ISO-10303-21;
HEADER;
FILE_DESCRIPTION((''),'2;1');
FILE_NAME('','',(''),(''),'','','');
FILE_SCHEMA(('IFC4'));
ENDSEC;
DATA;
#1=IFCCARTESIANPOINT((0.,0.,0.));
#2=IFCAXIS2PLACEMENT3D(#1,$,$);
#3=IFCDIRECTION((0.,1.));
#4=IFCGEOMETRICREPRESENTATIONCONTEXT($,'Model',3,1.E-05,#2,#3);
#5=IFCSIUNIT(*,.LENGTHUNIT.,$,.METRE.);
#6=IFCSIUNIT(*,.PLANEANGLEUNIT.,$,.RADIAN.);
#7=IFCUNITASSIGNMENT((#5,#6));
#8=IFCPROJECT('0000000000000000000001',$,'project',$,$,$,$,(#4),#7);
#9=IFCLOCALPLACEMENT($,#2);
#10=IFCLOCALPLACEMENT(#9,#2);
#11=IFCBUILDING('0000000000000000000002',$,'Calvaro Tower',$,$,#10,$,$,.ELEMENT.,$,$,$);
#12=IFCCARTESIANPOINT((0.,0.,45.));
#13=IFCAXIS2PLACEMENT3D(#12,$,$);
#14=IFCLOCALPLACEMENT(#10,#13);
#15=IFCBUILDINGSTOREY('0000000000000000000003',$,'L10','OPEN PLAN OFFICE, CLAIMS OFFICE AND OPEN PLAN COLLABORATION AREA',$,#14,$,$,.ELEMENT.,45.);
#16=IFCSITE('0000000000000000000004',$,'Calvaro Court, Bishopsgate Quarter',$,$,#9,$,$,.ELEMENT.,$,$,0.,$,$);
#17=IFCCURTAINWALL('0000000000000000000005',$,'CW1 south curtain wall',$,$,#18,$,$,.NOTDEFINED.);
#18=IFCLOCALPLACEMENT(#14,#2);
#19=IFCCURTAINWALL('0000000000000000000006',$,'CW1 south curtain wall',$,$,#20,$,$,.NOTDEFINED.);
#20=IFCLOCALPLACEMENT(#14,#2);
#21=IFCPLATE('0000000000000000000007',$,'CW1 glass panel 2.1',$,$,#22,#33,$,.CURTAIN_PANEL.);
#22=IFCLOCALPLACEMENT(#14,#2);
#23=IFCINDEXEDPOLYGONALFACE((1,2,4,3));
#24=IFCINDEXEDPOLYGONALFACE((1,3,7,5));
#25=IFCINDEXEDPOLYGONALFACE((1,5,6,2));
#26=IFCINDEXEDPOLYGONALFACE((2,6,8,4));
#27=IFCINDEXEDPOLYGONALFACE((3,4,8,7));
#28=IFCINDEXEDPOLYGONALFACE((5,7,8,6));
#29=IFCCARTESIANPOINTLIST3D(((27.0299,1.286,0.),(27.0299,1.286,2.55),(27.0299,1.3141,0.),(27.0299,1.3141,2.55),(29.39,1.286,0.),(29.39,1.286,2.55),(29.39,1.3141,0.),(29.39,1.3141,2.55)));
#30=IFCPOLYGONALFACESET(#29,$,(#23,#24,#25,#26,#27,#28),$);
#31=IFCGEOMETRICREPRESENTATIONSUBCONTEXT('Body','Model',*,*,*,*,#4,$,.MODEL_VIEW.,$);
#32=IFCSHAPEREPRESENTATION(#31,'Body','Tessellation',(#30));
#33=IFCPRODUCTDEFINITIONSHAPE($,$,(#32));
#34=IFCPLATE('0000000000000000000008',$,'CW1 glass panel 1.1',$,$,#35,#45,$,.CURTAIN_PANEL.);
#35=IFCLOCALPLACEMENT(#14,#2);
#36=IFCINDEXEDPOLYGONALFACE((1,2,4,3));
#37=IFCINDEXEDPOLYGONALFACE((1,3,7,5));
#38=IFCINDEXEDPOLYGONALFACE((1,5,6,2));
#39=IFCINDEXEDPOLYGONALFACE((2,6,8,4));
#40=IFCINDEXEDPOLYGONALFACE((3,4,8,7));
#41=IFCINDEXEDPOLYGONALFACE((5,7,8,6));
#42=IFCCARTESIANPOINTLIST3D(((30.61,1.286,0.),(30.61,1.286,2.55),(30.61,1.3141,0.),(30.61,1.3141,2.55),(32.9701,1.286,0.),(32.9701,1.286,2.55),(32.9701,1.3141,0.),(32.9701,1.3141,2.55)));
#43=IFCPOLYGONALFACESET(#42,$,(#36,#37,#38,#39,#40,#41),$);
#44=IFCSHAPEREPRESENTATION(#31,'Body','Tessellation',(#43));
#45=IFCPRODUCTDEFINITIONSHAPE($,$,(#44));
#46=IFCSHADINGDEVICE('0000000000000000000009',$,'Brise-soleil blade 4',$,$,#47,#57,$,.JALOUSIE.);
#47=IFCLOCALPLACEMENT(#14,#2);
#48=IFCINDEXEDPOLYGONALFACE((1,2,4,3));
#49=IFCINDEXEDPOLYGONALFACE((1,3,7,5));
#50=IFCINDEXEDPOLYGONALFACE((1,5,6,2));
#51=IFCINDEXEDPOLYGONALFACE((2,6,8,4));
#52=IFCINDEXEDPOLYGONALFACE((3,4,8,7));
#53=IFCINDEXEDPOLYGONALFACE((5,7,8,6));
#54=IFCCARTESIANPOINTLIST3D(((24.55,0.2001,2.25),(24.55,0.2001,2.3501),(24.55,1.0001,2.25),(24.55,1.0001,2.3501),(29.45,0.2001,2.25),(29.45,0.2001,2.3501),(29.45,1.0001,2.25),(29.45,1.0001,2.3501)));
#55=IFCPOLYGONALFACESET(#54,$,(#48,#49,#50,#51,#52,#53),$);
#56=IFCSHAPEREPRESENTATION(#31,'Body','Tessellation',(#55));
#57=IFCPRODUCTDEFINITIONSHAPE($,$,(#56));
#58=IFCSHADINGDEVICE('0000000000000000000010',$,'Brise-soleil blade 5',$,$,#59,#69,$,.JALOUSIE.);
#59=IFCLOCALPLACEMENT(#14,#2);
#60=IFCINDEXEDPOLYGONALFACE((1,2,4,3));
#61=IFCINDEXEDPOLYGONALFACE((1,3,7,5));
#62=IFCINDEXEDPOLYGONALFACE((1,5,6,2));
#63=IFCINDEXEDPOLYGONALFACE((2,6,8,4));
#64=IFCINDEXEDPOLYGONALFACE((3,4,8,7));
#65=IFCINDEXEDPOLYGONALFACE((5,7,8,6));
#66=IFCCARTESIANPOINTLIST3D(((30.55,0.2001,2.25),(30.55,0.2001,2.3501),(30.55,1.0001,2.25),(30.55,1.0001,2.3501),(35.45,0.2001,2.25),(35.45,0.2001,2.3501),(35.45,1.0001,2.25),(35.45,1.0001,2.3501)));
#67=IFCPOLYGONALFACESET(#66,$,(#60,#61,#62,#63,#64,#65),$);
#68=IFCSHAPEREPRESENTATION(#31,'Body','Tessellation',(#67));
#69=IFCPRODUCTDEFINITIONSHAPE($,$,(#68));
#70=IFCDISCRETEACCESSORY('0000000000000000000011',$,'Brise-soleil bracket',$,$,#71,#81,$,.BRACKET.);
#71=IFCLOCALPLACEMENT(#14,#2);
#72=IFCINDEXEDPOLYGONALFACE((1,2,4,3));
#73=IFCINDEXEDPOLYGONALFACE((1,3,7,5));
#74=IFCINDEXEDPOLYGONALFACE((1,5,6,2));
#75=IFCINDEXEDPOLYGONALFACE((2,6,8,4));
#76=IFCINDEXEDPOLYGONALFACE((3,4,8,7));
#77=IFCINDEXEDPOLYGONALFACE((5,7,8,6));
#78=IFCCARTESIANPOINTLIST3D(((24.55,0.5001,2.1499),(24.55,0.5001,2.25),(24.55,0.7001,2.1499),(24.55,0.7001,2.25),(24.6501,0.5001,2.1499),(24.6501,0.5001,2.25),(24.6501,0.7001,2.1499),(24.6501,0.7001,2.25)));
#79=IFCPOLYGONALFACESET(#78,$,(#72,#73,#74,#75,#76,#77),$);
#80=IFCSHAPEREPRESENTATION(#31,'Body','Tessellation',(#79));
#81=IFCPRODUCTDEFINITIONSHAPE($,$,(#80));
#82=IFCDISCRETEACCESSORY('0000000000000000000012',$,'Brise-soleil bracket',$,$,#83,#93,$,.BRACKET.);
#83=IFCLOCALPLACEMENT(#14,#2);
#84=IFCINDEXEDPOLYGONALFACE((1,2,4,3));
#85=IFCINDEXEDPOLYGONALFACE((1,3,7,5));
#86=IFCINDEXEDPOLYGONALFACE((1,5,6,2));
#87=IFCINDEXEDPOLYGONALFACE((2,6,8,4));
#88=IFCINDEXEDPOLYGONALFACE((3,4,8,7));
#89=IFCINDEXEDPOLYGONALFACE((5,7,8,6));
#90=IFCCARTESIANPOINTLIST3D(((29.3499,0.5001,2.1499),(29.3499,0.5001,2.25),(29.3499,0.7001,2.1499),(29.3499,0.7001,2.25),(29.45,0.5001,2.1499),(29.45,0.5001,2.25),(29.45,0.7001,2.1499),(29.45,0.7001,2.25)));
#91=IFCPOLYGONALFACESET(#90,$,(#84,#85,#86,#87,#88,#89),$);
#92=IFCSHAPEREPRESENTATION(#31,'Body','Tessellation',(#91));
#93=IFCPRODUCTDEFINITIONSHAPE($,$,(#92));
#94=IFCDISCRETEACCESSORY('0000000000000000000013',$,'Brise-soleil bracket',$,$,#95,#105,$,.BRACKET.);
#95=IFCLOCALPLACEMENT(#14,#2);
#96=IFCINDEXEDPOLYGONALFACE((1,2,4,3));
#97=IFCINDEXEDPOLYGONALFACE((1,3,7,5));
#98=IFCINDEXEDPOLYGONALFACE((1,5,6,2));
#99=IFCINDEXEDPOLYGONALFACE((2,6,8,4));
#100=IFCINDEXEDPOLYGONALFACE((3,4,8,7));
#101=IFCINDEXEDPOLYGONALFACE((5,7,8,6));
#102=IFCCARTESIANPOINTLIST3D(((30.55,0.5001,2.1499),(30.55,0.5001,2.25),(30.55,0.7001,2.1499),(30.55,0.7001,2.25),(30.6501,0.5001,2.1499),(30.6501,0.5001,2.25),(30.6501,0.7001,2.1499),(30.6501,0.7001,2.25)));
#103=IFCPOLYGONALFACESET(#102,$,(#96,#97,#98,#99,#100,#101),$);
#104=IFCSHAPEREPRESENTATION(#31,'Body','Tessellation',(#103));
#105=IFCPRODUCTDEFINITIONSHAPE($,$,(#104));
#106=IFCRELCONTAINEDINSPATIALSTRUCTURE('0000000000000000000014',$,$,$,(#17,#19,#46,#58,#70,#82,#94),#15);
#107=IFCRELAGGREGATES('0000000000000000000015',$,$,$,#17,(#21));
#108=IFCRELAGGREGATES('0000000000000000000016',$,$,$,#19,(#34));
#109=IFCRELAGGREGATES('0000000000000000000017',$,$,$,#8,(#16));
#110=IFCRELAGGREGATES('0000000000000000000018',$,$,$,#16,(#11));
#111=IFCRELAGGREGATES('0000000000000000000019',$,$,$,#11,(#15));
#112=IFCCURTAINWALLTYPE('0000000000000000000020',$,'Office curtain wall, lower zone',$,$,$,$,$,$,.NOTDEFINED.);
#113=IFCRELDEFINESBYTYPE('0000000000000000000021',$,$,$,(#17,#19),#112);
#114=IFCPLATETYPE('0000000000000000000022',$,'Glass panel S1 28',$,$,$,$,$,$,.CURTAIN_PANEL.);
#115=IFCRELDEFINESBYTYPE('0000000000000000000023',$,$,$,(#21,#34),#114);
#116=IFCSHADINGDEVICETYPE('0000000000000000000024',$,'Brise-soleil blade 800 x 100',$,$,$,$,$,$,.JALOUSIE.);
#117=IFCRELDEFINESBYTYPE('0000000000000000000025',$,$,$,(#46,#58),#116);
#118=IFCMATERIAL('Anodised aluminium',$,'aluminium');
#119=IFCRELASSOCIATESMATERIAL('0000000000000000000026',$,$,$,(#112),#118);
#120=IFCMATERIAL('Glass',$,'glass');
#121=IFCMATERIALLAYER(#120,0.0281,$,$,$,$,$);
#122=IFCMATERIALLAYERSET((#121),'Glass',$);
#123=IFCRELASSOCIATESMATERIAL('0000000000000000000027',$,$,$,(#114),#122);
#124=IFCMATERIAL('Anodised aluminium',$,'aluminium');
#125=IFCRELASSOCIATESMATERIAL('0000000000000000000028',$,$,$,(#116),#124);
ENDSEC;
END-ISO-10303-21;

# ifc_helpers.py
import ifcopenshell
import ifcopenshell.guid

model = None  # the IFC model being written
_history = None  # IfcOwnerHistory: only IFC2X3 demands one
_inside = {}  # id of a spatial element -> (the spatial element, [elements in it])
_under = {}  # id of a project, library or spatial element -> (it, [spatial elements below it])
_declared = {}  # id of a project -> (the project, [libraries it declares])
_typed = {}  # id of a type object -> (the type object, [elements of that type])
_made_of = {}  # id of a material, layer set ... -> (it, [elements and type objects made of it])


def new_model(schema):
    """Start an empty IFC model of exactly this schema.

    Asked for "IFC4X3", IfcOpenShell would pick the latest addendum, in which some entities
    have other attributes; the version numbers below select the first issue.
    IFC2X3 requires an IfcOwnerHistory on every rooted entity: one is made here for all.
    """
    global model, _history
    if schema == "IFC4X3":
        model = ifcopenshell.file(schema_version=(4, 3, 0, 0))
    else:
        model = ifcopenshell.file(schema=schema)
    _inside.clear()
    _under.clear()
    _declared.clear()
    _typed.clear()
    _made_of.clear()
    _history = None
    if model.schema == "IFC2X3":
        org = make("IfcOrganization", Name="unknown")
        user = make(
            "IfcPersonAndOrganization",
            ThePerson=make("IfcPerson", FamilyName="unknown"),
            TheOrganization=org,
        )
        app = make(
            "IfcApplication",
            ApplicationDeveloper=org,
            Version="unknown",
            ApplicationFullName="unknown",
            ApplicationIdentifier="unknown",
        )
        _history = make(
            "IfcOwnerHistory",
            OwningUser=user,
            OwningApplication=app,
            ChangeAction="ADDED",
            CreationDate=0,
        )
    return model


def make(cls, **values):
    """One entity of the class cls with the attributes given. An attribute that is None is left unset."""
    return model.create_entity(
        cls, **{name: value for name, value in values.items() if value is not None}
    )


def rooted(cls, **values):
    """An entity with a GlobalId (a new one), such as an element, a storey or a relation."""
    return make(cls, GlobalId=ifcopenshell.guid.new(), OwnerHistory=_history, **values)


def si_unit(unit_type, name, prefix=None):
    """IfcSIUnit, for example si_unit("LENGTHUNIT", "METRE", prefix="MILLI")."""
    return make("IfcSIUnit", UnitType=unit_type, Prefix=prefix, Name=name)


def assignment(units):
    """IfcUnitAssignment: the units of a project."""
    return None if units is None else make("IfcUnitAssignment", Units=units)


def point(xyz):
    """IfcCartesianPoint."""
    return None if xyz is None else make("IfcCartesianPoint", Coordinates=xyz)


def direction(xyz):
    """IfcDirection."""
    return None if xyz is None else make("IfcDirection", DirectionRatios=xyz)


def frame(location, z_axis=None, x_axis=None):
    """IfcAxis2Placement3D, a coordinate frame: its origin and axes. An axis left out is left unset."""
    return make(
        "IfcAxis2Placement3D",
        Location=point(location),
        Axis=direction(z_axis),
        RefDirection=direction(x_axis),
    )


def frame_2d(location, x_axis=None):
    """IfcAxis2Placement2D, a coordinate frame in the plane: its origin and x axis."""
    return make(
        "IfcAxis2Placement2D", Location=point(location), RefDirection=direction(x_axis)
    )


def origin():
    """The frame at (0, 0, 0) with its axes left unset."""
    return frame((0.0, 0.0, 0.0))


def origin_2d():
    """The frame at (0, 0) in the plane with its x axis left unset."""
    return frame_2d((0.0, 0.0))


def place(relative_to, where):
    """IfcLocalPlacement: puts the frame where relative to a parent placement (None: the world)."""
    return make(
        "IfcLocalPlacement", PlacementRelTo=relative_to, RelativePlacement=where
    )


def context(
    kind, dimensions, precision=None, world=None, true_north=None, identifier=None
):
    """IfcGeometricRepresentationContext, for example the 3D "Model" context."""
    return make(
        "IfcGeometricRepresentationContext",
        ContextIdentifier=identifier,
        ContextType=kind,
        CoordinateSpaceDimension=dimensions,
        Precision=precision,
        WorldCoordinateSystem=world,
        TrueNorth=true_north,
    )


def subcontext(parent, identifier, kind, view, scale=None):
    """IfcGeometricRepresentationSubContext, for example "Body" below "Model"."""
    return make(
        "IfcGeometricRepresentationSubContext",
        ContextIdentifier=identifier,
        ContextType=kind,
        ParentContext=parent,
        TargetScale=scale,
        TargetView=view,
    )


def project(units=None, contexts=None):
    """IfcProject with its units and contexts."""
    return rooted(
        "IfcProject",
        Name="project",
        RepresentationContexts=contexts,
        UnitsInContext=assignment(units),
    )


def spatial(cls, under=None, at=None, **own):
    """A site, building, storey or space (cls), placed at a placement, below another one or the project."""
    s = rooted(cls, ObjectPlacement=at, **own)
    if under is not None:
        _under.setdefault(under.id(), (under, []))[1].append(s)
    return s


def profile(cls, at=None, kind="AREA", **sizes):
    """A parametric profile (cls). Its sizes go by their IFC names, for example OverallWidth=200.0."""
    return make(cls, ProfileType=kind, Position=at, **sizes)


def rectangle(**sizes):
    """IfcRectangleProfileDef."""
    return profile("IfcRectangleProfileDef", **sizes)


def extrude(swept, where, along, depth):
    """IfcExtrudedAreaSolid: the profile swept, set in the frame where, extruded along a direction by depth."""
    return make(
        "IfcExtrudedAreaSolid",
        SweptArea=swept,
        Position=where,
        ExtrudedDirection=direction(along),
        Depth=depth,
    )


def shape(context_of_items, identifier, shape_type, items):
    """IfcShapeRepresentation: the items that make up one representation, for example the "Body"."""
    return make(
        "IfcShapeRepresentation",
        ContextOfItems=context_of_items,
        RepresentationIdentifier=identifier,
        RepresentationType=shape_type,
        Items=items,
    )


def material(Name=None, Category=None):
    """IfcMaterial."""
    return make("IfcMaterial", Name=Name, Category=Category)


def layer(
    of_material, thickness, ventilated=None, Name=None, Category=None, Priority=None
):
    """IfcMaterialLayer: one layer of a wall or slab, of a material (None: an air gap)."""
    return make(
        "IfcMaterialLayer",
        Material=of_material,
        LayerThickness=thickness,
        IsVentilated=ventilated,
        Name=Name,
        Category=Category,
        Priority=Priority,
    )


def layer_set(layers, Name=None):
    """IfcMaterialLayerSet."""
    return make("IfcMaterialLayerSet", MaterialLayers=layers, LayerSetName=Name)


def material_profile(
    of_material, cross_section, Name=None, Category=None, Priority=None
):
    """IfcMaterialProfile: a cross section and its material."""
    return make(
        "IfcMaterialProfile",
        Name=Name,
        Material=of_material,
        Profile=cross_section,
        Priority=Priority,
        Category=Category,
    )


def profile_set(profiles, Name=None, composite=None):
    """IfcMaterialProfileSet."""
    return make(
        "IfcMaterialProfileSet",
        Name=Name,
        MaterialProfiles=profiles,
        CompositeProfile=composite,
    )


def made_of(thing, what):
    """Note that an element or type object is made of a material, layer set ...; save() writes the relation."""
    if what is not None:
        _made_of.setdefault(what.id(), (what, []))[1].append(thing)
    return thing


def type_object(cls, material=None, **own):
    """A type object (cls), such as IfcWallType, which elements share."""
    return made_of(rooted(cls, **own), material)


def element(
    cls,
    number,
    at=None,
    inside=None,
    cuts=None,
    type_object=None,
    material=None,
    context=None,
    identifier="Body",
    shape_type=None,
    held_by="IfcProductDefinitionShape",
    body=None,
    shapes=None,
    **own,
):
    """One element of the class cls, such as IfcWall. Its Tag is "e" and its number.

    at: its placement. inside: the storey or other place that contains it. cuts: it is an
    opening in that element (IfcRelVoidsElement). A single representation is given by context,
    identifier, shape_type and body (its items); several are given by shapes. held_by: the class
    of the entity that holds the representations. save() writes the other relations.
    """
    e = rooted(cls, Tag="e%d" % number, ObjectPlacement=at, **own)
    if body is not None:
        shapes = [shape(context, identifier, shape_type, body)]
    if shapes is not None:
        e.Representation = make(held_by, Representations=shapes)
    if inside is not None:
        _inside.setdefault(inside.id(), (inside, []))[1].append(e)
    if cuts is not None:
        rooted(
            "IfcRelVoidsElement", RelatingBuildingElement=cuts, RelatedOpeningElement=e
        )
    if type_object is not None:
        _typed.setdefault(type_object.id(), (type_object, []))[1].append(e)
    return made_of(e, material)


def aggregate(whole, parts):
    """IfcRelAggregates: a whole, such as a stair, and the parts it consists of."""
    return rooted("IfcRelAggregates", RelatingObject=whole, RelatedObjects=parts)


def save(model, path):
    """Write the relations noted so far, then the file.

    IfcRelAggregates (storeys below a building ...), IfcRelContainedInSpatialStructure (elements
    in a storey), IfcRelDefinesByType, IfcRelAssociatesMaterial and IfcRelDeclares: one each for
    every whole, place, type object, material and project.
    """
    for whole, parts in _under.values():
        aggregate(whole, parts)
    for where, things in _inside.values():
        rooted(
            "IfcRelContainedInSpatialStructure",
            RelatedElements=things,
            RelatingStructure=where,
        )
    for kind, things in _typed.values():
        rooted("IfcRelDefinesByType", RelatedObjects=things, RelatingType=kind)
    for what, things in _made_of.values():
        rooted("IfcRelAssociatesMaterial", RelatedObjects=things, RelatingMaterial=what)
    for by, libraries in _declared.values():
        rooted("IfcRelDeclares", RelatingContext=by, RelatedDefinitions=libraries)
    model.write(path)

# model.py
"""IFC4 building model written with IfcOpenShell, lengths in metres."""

from ifc_helpers import new_model, si_unit, direction, frame, origin, origin_2d, place, context, subcontext, project, spatial, rectangle, extrude, material, layer, layer_set, material_profile, profile_set, type_object, element, aggregate, save


model = new_model("IFC4")

# Units and contexts
model_context = context("Model", 3, precision=1e-05, world=origin(), true_north=direction((0.0, 1.0)))
body_context = subcontext(model_context, "Body", "Model", "MODEL_VIEW")
ifc_project = project(units=[si_unit("LENGTHUNIT", "METRE"), si_unit("PLANEANGLEUNIT", "RADIAN")], contexts=[model_context])

# Site, building, storey
site_placement = place(None, origin())
site = spatial("IfcSite", under=ifc_project, at=site_placement, Name="Calvaro Court, Bishopsgate Quarter", CompositionType="ELEMENT", RefElevation=0.0)
building_placement = place(site_placement, origin())
building = spatial("IfcBuilding", under=site, at=building_placement, Name="Calvaro Tower", CompositionType="ELEMENT")
storey_placement = place(building_placement, frame((0.0, 0.0, 45.0)))
storey = spatial("IfcBuildingStorey", under=building, at=storey_placement, Name="L10", Description="OPEN PLAN OFFICE, CLAIMS OFFICE AND OPEN PLAN COLLABORATION AREA", CompositionType="ELEMENT", Elevation=45.0)

# Shared definitions
ifc_material_1 = material(Name="Anodised aluminium", Category="aluminium")
curtain_wall_type = type_object("IfcCurtainWallType", Name="Office curtain wall, lower zone", PredefinedType="NOTDEFINED", material=ifc_material_1)

# Curtain walls
curtain_wall_1_placement = place(storey_placement, origin())
curtain_wall_1 = element("IfcCurtainWall", 1, at=curtain_wall_1_placement, inside=storey, type_object=curtain_wall_type, Name="CW1 south curtain wall", PredefinedType="NOTDEFINED")
curtain_wall_2_placement = place(storey_placement, origin())
curtain_wall_2 = element("IfcCurtainWall", 2, at=curtain_wall_2_placement, inside=storey, type_object=curtain_wall_type, Name="CW1 south curtain wall", PredefinedType="NOTDEFINED")

# Plates
ifc_material_2 = material(Name="Glass", Category="glass")
ifc_layer = layer(ifc_material_2, 0.0281)
ifc_layer_set = layer_set([ifc_layer], Name="Glass")
plate_type = type_object("IfcPlateType", Name="Glass panel S1 28", PredefinedType="CURTAIN_PANEL", material=ifc_layer_set)
plate_1_placement = place(storey_placement, frame((28.21, 1.3, 0.0), z_axis=(0.0, 0.0, 1.0), x_axis=(1.0, 0.0, 0.0)))
plate_1 = element("IfcPlate", 3, at=plate_1_placement, type_object=plate_type, Name="CW1 glass panel 2.1", PredefinedType="CURTAIN_PANEL", context=body_context, shape_type="SweptSolid", body=[
    extrude(rectangle(XDim=2.3601, YDim=0.0281, at=origin_2d()), origin(), (0.0, 0.0, 1.0), 2.55),
])
aggregate(curtain_wall_1, [plate_1])
plate_2_placement = place(storey_placement, frame((31.79, 1.3, 0.0), z_axis=(0.0, 0.0, 1.0), x_axis=(1.0, 0.0, 0.0)))
plate_2 = element("IfcPlate", 4, at=plate_2_placement, type_object=plate_type, Name="CW1 glass panel 1.1", PredefinedType="CURTAIN_PANEL", context=body_context, shape_type="SweptSolid", body=[
    extrude(rectangle(XDim=2.3601, YDim=0.0281, at=origin_2d()), origin(), (0.0, 0.0, 1.0), 2.55),
])
aggregate(curtain_wall_2, [plate_2])

# Shading devices
ifc_material_3 = material(Name="Anodised aluminium", Category="aluminium")
ifc_material_profile_1 = material_profile(ifc_material_3, rectangle(XDim=0.8, YDim=0.1001, at=origin_2d()), Name="Brise-soleil blade 800 x 100")
ifc_profile_set_1 = profile_set([ifc_material_profile_1], Name="Anodised aluminium")
shading_device_type = type_object("IfcShadingDeviceType", Name="Brise-soleil blade 800 x 100", PredefinedType="JALOUSIE", material=ifc_profile_set_1)
for number, where, z_axis, x_axis, name in (
    (5, (24.55, 0.6001, 2.3), (1.0, 0.0, 0.0), (0.0, 1.0, 0.0), "Brise-soleil blade 4"),
    (6, (30.55, 0.6001, 2.3), (1.0, 0.0, 0.0), (0.0, 1.0, 0.0), "Brise-soleil blade 5"),
):
    element("IfcShadingDevice", number, at=place(storey_placement, frame(where, z_axis=z_axis, x_axis=x_axis)), inside=storey, type_object=shading_device_type, Name=name, PredefinedType="JALOUSIE", context=body_context, shape_type="SweptSolid", body=[
        extrude(rectangle(XDim=0.8, YDim=0.1001, at=origin_2d()), origin(), (0.0, 0.0, 1.0), 4.8999),
    ])

# Discrete accessories
for number, where, z_axis, x_axis, name in (
    (7, (24.6001, 0.6001, 2.1499), (0.0, 0.0, 1.0), (1.0, 0.0, 0.0), "Brise-soleil bracket"),
    (8, (29.3999, 0.6001, 2.1499), (0.0, 0.0, 1.0), (1.0, 0.0, 0.0), "Brise-soleil bracket"),
    (9, (30.6001, 0.6001, 2.1499), (0.0, 0.0, 1.0), (1.0, 0.0, 0.0), "Brise-soleil bracket"),
):
    element("IfcDiscreteAccessory", number, at=place(storey_placement, frame(where, z_axis=z_axis, x_axis=x_axis)), inside=storey, Name=name, PredefinedType="BRACKET", context=body_context, shape_type="SweptSolid", body=[
        extrude(rectangle(XDim=0.1001, YDim=0.2, at=origin_2d()), origin(), (0.0, 0.0, 1.0), 0.1001),
    ])

save(model, "model.ifc")
